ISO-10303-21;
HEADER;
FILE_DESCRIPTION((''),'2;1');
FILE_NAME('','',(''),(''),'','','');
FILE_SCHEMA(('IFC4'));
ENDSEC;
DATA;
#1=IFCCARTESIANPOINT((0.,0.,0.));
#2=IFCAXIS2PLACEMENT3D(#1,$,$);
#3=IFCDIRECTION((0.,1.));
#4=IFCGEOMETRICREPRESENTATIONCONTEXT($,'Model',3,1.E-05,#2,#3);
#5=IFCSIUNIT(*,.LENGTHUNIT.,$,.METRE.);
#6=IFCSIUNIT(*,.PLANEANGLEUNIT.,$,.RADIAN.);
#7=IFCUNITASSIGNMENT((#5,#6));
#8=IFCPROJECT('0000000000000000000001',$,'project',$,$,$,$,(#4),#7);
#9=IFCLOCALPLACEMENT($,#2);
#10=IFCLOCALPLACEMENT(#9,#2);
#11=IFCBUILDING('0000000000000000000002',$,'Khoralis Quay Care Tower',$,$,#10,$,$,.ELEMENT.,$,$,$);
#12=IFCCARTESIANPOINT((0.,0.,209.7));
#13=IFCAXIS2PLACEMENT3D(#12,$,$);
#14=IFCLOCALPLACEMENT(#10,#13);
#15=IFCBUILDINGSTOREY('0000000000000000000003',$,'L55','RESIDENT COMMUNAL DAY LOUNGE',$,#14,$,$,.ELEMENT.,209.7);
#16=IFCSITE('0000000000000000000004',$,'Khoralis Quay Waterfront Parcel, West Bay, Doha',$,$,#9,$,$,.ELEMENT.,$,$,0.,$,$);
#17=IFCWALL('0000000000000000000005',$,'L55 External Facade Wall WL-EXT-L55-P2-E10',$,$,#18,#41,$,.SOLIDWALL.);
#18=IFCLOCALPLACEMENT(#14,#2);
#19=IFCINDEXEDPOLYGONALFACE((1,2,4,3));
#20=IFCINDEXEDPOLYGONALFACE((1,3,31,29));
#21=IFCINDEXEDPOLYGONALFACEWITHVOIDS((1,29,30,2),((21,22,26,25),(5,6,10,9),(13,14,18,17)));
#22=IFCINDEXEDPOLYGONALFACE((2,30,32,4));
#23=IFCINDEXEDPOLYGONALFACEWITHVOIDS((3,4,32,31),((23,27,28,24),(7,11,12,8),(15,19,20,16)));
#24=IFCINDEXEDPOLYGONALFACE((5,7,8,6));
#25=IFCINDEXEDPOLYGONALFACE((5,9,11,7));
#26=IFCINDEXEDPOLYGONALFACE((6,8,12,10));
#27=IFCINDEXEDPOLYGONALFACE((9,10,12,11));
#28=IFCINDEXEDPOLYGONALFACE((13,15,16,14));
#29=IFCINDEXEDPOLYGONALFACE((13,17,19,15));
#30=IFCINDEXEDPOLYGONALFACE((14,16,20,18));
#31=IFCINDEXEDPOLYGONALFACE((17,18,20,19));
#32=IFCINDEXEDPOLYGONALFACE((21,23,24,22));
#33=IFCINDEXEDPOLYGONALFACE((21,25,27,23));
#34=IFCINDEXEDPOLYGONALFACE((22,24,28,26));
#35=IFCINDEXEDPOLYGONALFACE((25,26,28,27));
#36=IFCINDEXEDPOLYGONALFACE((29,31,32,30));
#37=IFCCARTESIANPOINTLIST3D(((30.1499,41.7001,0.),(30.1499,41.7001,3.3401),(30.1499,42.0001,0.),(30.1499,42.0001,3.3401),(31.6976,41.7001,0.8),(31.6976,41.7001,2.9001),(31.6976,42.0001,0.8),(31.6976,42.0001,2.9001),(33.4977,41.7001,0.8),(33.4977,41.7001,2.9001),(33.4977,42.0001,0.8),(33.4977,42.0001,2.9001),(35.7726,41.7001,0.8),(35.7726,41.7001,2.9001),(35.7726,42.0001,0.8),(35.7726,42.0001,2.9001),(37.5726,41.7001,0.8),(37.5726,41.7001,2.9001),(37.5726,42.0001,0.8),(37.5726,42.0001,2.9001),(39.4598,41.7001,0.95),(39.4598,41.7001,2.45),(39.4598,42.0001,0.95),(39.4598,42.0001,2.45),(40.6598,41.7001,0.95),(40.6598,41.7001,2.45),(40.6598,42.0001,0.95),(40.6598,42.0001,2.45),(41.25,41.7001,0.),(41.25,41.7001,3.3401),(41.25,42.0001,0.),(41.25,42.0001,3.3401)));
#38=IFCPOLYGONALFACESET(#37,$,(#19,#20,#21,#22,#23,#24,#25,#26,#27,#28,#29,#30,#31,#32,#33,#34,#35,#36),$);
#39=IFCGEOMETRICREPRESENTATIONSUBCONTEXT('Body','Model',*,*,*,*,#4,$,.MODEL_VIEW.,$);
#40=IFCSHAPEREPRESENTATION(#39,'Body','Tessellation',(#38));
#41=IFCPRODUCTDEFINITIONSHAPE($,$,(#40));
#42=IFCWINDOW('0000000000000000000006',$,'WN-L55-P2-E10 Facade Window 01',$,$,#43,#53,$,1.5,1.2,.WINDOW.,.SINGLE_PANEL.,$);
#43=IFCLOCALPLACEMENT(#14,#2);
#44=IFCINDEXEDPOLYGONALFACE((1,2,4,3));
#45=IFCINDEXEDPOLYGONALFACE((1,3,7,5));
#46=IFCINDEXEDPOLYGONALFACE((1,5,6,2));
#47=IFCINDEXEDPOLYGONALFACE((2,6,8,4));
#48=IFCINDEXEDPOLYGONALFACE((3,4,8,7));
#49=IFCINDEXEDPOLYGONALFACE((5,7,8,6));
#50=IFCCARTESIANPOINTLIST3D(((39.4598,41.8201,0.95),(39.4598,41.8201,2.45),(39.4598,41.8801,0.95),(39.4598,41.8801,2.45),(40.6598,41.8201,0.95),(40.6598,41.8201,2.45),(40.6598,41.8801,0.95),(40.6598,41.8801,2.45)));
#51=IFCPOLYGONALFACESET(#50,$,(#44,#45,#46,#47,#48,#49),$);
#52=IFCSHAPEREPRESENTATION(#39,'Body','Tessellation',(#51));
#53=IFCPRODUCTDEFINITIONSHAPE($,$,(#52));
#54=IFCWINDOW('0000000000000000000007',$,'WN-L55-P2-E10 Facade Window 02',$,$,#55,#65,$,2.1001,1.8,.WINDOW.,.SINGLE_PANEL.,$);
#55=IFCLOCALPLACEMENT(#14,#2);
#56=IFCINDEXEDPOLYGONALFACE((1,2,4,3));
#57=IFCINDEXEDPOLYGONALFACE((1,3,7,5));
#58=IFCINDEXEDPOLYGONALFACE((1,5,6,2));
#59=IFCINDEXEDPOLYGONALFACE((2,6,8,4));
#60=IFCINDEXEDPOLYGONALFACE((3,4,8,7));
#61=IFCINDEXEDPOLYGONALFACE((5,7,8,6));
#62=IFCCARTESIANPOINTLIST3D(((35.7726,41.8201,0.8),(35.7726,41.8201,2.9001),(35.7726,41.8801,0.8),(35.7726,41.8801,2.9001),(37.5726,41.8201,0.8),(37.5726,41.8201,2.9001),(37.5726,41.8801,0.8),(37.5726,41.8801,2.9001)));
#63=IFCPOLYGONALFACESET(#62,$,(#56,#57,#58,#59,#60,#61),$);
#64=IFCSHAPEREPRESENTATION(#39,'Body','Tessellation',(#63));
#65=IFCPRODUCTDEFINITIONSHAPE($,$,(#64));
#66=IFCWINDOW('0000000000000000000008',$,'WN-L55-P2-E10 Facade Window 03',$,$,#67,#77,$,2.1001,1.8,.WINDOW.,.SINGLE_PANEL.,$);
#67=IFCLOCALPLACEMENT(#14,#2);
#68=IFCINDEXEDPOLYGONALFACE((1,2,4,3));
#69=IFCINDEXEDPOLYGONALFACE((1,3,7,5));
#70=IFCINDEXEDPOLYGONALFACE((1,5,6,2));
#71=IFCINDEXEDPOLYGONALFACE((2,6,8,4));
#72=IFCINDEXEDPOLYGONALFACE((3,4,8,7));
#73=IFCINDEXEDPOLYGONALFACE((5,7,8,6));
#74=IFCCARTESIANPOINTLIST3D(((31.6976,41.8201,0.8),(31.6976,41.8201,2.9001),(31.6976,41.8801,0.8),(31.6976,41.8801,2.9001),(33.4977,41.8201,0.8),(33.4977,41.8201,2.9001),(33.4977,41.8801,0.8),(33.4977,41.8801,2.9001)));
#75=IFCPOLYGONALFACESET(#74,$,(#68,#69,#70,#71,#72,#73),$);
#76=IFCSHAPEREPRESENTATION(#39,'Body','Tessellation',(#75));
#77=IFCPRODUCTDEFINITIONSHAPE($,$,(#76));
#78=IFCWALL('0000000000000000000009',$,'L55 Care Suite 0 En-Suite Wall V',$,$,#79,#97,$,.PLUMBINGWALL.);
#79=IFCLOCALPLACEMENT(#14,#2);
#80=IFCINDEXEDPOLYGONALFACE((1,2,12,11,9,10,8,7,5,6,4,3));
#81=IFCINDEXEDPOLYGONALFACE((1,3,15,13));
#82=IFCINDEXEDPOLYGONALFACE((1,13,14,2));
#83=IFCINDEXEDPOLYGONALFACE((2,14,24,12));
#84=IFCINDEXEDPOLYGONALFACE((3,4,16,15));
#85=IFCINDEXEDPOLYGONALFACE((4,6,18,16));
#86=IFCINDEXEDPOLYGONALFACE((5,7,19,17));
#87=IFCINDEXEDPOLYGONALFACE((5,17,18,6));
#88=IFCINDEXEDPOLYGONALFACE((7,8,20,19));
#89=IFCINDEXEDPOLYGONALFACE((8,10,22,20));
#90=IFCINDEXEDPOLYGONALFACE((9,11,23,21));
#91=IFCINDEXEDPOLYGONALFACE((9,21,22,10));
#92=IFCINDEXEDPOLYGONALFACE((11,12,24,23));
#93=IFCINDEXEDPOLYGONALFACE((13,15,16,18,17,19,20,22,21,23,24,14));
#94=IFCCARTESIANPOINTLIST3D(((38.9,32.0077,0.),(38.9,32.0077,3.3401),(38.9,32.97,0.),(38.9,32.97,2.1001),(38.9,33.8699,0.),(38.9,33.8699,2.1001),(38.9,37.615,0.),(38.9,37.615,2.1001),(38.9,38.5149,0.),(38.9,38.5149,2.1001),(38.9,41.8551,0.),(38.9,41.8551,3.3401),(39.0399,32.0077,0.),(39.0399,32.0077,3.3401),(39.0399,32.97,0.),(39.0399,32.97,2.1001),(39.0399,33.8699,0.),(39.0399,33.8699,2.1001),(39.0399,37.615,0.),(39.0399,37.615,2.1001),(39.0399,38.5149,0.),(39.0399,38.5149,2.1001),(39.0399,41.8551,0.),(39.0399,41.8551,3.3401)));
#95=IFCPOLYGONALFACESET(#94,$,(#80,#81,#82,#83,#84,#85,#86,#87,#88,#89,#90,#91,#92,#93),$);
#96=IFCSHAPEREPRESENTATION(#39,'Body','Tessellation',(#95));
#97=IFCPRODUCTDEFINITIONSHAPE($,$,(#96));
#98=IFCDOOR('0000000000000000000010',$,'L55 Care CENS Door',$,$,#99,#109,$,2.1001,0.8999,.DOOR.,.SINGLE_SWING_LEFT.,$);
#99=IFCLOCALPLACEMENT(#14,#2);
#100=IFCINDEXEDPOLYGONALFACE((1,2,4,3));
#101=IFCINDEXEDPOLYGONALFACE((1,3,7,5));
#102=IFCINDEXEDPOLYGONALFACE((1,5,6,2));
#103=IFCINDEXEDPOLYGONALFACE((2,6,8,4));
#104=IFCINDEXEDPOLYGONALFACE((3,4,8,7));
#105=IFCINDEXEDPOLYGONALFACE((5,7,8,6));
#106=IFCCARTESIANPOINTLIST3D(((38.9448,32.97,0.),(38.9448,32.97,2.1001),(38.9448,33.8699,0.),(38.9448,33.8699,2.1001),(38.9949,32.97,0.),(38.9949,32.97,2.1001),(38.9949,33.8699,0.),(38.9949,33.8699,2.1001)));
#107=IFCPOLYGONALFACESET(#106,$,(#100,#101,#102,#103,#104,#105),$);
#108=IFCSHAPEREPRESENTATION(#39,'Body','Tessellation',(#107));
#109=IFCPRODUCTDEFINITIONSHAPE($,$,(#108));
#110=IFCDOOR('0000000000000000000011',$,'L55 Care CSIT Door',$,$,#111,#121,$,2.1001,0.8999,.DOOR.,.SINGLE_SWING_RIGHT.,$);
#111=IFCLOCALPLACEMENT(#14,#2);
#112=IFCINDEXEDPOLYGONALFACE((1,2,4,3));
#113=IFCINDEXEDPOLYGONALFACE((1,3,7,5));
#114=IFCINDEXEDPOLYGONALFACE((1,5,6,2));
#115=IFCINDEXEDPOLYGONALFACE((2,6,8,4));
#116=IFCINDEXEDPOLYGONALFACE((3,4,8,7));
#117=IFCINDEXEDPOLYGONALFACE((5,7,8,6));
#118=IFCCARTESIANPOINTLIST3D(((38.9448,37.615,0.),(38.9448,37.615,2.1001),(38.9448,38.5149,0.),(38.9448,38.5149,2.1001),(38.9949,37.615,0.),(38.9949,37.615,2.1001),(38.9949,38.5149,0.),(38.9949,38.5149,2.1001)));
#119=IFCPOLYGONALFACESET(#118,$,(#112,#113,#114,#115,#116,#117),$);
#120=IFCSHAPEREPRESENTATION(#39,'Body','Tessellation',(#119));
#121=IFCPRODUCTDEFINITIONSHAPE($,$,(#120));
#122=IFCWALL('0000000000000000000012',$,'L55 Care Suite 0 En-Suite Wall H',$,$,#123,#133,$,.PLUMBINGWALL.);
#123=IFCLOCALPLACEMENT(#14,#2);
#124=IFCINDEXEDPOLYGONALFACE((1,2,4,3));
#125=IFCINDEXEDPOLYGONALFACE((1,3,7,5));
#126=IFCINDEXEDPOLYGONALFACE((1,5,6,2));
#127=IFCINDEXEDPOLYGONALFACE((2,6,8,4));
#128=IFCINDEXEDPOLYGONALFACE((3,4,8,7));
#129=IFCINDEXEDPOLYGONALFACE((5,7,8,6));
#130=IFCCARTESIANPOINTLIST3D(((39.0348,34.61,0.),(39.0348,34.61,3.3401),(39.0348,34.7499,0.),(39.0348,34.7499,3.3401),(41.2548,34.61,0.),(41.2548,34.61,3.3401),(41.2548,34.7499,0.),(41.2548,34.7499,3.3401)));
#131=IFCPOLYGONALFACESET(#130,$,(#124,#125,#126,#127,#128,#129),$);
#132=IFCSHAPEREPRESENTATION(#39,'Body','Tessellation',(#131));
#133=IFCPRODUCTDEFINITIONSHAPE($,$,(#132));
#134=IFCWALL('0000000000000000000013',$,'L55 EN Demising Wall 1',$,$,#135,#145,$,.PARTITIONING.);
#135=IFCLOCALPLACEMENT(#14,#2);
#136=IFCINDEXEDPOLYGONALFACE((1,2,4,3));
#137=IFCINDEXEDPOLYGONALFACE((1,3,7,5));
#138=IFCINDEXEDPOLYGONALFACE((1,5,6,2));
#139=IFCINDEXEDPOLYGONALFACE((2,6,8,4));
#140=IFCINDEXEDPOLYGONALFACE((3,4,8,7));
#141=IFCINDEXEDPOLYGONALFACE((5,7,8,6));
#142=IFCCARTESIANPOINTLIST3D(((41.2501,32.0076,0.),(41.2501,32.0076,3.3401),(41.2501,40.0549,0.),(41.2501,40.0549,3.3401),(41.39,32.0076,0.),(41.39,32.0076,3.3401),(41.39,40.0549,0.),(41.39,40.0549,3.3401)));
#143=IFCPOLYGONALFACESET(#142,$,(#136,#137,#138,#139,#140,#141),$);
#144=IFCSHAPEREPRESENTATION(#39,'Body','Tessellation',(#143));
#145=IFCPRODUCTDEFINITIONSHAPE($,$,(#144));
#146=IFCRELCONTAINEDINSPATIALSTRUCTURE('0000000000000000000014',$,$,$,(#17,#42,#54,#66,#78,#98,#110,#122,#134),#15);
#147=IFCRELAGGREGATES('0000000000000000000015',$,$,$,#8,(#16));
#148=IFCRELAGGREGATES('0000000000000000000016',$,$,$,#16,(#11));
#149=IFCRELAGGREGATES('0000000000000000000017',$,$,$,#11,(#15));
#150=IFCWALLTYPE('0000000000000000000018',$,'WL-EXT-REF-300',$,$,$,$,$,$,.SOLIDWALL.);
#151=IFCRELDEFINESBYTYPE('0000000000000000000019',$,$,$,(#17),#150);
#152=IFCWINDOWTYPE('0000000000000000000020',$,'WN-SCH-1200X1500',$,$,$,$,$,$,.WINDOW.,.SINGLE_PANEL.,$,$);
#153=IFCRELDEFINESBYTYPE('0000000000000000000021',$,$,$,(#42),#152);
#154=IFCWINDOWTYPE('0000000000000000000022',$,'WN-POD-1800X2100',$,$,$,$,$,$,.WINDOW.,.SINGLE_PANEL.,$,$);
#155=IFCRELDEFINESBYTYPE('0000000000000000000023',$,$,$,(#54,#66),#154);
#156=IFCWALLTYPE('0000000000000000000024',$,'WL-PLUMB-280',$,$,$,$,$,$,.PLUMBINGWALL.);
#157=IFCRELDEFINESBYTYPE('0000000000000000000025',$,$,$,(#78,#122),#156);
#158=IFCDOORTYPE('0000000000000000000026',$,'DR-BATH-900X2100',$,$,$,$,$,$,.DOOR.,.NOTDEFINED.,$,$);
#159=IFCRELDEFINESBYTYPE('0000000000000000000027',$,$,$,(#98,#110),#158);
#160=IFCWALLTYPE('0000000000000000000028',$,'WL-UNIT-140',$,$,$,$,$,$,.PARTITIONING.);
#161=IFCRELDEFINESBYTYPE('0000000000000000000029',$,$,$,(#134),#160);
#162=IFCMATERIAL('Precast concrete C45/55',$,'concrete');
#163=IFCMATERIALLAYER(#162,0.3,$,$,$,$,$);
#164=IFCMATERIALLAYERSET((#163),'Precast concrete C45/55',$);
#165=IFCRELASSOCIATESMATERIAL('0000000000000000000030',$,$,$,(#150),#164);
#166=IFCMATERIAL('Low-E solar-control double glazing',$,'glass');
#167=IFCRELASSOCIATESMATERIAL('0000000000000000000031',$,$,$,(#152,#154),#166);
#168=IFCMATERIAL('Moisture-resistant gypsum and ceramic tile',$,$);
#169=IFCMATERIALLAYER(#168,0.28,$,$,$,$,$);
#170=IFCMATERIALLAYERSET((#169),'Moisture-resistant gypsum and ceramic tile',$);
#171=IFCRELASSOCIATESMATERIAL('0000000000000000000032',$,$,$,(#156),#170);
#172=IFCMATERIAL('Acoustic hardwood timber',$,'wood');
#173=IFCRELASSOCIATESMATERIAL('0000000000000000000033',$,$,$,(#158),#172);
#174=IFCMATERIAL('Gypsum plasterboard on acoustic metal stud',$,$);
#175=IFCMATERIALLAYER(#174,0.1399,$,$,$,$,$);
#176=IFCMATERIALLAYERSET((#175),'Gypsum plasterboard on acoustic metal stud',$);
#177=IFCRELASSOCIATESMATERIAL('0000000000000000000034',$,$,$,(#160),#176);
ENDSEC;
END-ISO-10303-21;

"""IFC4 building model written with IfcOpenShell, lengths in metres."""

from ifc_helpers import new_model, si_unit, direction, frame, frame_2d, origin, place, context, subcontext, project, spatial, rectangle, extrude, source, transform, mapped, material, layer, layer_set, type_object, element, fill, save


model = new_model("IFC4")

# Units and contexts
model_context = context("Model", 3, precision=1e-05, world=origin(), true_north=direction((0.0, 1.0)))
body_context = subcontext(model_context, "Body", "Model", "MODEL_VIEW")
ifc_project = project(units=[si_unit("LENGTHUNIT", "METRE"), si_unit("PLANEANGLEUNIT", "RADIAN")], contexts=[model_context])

# Site, building, storey
site_placement = place(None, origin())
site = spatial("IfcSite", under=ifc_project, at=site_placement, Name="Khoralis Quay Waterfront Parcel, West Bay, Doha", CompositionType="ELEMENT", RefElevation=0.0)
building_placement = place(site_placement, origin())
building = spatial("IfcBuilding", under=site, at=building_placement, Name="Khoralis Quay Care Tower", CompositionType="ELEMENT")
storey_placement = place(building_placement, frame((0.0, 0.0, 209.7)))
storey = spatial("IfcBuildingStorey", under=building, at=storey_placement, Name="L55", Description="RESIDENT COMMUNAL DAY LOUNGE", CompositionType="ELEMENT", Elevation=209.7)

# Shared definitions
ifc_material_1 = material(Name="Gypsum plasterboard on acoustic metal stud")
ifc_material_2 = material(Name="Precast concrete C45/55", Category="concrete")
ifc_layer_1 = layer(ifc_material_2, 0.3)
ifc_layer_set_1 = layer_set([ifc_layer_1], Name="Precast concrete C45/55")
wall_type_1 = type_object("IfcWallType", Name="WL-EXT-REF-300", PredefinedType="SOLIDWALL", material=ifc_layer_set_1)

# Wall, openings, windows
wall_1_placement = place(storey_placement, frame((41.25, 41.8501, 0.0), z_axis=(0.0, 0.0, 1.0), x_axis=(-1.0, 0.0, 0.0)))
wall_1 = element("IfcWall", 1, at=wall_1_placement, inside=storey, type_object=wall_type_1, Name="L55 External Facade Wall WL-EXT-L55-P2-E10", PredefinedType="SOLIDWALL", context=body_context, shape_type="SweptSolid", body=[
    extrude(rectangle(XDim=11.1001, YDim=0.3, at=frame_2d((5.55, 0.0))), origin(), (0.0, 0.0, 1.0), 3.3401),
])
opening_1_placement = place(wall_1_placement, frame((0.5901, 0.0, 0.95)))
opening_1 = element("IfcOpeningElement", 2, at=opening_1_placement, cuts=wall_1, PredefinedType="OPENING", context=body_context, shape_type="SweptSolid", body=[
    extrude(rectangle(XDim=1.2, YDim=1.5, at=frame_2d((0.6001, 0.75))), frame((0.0, 0.1602, 0.0), z_axis=(0.0, -1.0, 0.0), x_axis=(1.0, 0.0, 0.0)), (0.0, 0.0, 1.0), 0.3201),
])
opening_2_placement = place(wall_1_placement, frame((3.6775, 0.0, 0.8)))
opening_2 = element("IfcOpeningElement", 3, at=opening_2_placement, cuts=wall_1, PredefinedType="OPENING", context=body_context, shape_type="SweptSolid", body=[
    extrude(rectangle(XDim=1.8, YDim=2.1001, at=frame_2d((0.8999, 1.05))), frame((0.0, 0.1602, 0.0), z_axis=(0.0, -1.0, 0.0), x_axis=(1.0, 0.0, 0.0)), (0.0, 0.0, 1.0), 0.3201),
])
opening_3_placement = place(wall_1_placement, frame((7.7524, 0.0, 0.8)))
opening_3 = element("IfcOpeningElement", 4, at=opening_3_placement, cuts=wall_1, PredefinedType="OPENING", context=body_context, shape_type="SweptSolid", body=[
    extrude(rectangle(XDim=1.8, YDim=2.1001, at=frame_2d((0.8999, 1.05))), frame((0.0, 0.1602, 0.0), z_axis=(0.0, -1.0, 0.0), x_axis=(1.0, 0.0, 0.0)), (0.0, 0.0, 1.0), 0.3201),
])
ifc_material_3 = material(Name="Low-E solar-control double glazing", Category="glass")
window_type_1 = type_object("IfcWindowType", Name="WN-SCH-1200X1500", PartitioningType="SINGLE_PANEL", PredefinedType="WINDOW", material=ifc_material_3)
shared_shape_1 = source(origin(), body_context, "Body", "SweptSolid", [
    extrude(rectangle(XDim=1.2, YDim=1.5, at=frame_2d((0.6001, 0.75))), frame((0.0, 0.03, 0.0), z_axis=(0.0, -1.0, 0.0), x_axis=(1.0, 0.0, 0.0)), (0.0, 0.0, 1.0), 0.0601),
])
window_1_placement = place(opening_1_placement, origin())
window_1 = element("IfcWindow", 5, at=window_1_placement, inside=storey, type_object=window_type_1, Name="WN-L55-P2-E10 Facade Window 01", OverallHeight=1.5, OverallWidth=1.2, PartitioningType="SINGLE_PANEL", PredefinedType="WINDOW", context=body_context, shape_type="MappedRepresentation", body=[
    mapped(shared_shape_1, transform((0.0, 0.0, 0.0), scale=1.0)),
])
fill(opening_1, window_1)
window_type_2 = type_object("IfcWindowType", Name="WN-POD-1800X2100", PartitioningType="SINGLE_PANEL", PredefinedType="WINDOW", material=ifc_material_3)
shared_shape_2 = source(origin(), body_context, "Body", "SweptSolid", [
    extrude(rectangle(XDim=1.8, YDim=2.1001, at=frame_2d((0.8999, 1.05))), frame((0.0, 0.03, 0.0), z_axis=(0.0, -1.0, 0.0), x_axis=(1.0, 0.0, 0.0)), (0.0, 0.0, 1.0), 0.0601),
])
window_2_placement = place(opening_2_placement, origin())
window_2 = element("IfcWindow", 6, at=window_2_placement, inside=storey, type_object=window_type_2, Name="WN-L55-P2-E10 Facade Window 02", OverallHeight=2.1001, OverallWidth=1.8, PartitioningType="SINGLE_PANEL", PredefinedType="WINDOW", context=body_context, shape_type="MappedRepresentation", body=[
    mapped(shared_shape_2, transform((0.0, 0.0, 0.0), scale=1.0)),
])
fill(opening_2, window_2)
window_3_placement = place(opening_3_placement, origin())
window_3 = element("IfcWindow", 7, at=window_3_placement, inside=storey, type_object=window_type_2, Name="WN-L55-P2-E10 Facade Window 03", OverallHeight=2.1001, OverallWidth=1.8, PartitioningType="SINGLE_PANEL", PredefinedType="WINDOW", context=body_context, shape_type="MappedRepresentation", body=[
    mapped(shared_shape_2, transform((0.0, 0.0, 0.0), scale=1.0)),
])
fill(opening_3, window_3)

# Wall, openings, doors
ifc_material_4 = material(Name="Moisture-resistant gypsum and ceramic tile")
ifc_layer_2 = layer(ifc_material_4, 0.28)
ifc_layer_set_2 = layer_set([ifc_layer_2], Name="Moisture-resistant gypsum and ceramic tile")
wall_type_2 = type_object("IfcWallType", Name="WL-PLUMB-280", PredefinedType="PLUMBINGWALL", material=ifc_layer_set_2)
wall_2_placement = place(storey_placement, frame((38.97, 32.0076, 0.0), z_axis=(0.0, 0.0, 1.0), x_axis=(0.0, 1.0, 0.0)))
wall_2 = element("IfcWall", 8, at=wall_2_placement, inside=storey, type_object=wall_type_2, Name="L55 Care Suite 0 En-Suite Wall V", PredefinedType="PLUMBINGWALL", context=body_context, shape_type="SweptSolid", body=[
    extrude(rectangle(XDim=9.8474, YDim=0.1399, at=frame_2d((4.9238, 0.0))), origin(), (0.0, 0.0, 1.0), 3.3401),
])
opening_4_placement = place(wall_2_placement, frame((0.9624, 0.0, 0.0)))
opening_4 = element("IfcOpeningElement", 9, at=opening_4_placement, cuts=wall_2, PredefinedType="OPENING", context=body_context, shape_type="SweptSolid", body=[
    extrude(rectangle(XDim=0.8999, YDim=2.1001, at=frame_2d((0.45, 1.05))), frame((0.0, 0.0801, 0.0), z_axis=(0.0, -1.0, 0.0), x_axis=(1.0, 0.0, 0.0)), (0.0, 0.0, 1.0), 0.1599),
])
opening_5_placement = place(wall_2_placement, frame((5.6074, 0.0, 0.0)))
opening_5 = element("IfcOpeningElement", 10, at=opening_5_placement, cuts=wall_2, PredefinedType="OPENING", context=body_context, shape_type="SweptSolid", body=[
    extrude(rectangle(XDim=0.8999, YDim=2.1001, at=frame_2d((0.45, 1.05))), frame((0.0, 0.0801, 0.0), z_axis=(0.0, -1.0, 0.0), x_axis=(1.0, 0.0, 0.0)), (0.0, 0.0, 1.0), 0.1599),
])
ifc_material_5 = material(Name="Acoustic hardwood timber", Category="wood")
door_type = type_object("IfcDoorType", Name="DR-BATH-900X2100", OperationType="NOTDEFINED", PredefinedType="DOOR", material=ifc_material_5)
shared_shape_3 = source(origin(), body_context, "Body", "SweptSolid", [
    extrude(rectangle(XDim=0.8999, YDim=2.1001, at=frame_2d((0.45, 1.05))), frame((0.0, 0.0249, 0.0), z_axis=(0.0, -1.0, 0.0), x_axis=(1.0, 0.0, 0.0)), (0.0, 0.0, 1.0), 0.05),
])
door_1_placement = place(opening_4_placement, frame((0.8999, 0.0, 0.0), z_axis=(0.0, 0.0, 1.0), x_axis=(-1.0, 0.0, 0.0)))
door_1 = element("IfcDoor", 11, at=door_1_placement, inside=storey, type_object=door_type, Name="L55 Care CENS Door", OperationType="SINGLE_SWING_LEFT", OverallHeight=2.1001, OverallWidth=0.8999, PredefinedType="DOOR", context=body_context, shape_type="MappedRepresentation", body=[
    mapped(shared_shape_3, transform((0.0, 0.0, 0.0), scale=1.0)),
])
fill(opening_4, door_1)
door_2_placement = place(opening_5_placement, frame((0.8999, 0.0, 0.0), z_axis=(0.0, 0.0, 1.0), x_axis=(-1.0, 0.0, 0.0)))
door_2 = element("IfcDoor", 12, at=door_2_placement, inside=storey, type_object=door_type, Name="L55 Care CSIT Door", OperationType="SINGLE_SWING_RIGHT", OverallHeight=2.1001, OverallWidth=0.8999, PredefinedType="DOOR", context=body_context, shape_type="MappedRepresentation", body=[
    mapped(shared_shape_3, transform((0.0, 0.0, 0.0), scale=1.0)),
])
fill(opening_5, door_2)

# Walls
wall_3_placement = place(storey_placement, frame((39.0349, 34.6799, 0.0), z_axis=(0.0, 0.0, 1.0), x_axis=(1.0, 0.0, 0.0)))
element("IfcWall", 13, at=wall_3_placement, inside=storey, type_object=wall_type_2, Name="L55 Care Suite 0 En-Suite Wall H", PredefinedType="PLUMBINGWALL", context=body_context, shape_type="SweptSolid", body=[
    extrude(rectangle(XDim=2.22, YDim=0.1399, at=frame_2d((1.1099, 0.0))), origin(), (0.0, 0.0, 1.0), 3.3401),
])
ifc_layer_3 = layer(ifc_material_1, 0.1399)
ifc_layer_set_3 = layer_set([ifc_layer_3], Name="Gypsum plasterboard on acoustic metal stud")
wall_type_3 = type_object("IfcWallType", Name="WL-UNIT-140", PredefinedType="PARTITIONING", material=ifc_layer_set_3)
wall_4_placement = place(storey_placement, frame((41.3201, 32.0076, 0.0), z_axis=(0.0, 0.0, 1.0), x_axis=(0.0, 1.0, 0.0)))
element("IfcWall", 14, at=wall_4_placement, inside=storey, type_object=wall_type_3, Name="L55 EN Demising Wall 1", PredefinedType="PARTITIONING", context=body_context, shape_type="SweptSolid", body=[
    extrude(rectangle(XDim=8.0474, YDim=0.1399, at=frame_2d((4.0237, 0.0))), origin(), (0.0, 0.0, 1.0), 3.3401),
])

save(model, "model.ifc")
